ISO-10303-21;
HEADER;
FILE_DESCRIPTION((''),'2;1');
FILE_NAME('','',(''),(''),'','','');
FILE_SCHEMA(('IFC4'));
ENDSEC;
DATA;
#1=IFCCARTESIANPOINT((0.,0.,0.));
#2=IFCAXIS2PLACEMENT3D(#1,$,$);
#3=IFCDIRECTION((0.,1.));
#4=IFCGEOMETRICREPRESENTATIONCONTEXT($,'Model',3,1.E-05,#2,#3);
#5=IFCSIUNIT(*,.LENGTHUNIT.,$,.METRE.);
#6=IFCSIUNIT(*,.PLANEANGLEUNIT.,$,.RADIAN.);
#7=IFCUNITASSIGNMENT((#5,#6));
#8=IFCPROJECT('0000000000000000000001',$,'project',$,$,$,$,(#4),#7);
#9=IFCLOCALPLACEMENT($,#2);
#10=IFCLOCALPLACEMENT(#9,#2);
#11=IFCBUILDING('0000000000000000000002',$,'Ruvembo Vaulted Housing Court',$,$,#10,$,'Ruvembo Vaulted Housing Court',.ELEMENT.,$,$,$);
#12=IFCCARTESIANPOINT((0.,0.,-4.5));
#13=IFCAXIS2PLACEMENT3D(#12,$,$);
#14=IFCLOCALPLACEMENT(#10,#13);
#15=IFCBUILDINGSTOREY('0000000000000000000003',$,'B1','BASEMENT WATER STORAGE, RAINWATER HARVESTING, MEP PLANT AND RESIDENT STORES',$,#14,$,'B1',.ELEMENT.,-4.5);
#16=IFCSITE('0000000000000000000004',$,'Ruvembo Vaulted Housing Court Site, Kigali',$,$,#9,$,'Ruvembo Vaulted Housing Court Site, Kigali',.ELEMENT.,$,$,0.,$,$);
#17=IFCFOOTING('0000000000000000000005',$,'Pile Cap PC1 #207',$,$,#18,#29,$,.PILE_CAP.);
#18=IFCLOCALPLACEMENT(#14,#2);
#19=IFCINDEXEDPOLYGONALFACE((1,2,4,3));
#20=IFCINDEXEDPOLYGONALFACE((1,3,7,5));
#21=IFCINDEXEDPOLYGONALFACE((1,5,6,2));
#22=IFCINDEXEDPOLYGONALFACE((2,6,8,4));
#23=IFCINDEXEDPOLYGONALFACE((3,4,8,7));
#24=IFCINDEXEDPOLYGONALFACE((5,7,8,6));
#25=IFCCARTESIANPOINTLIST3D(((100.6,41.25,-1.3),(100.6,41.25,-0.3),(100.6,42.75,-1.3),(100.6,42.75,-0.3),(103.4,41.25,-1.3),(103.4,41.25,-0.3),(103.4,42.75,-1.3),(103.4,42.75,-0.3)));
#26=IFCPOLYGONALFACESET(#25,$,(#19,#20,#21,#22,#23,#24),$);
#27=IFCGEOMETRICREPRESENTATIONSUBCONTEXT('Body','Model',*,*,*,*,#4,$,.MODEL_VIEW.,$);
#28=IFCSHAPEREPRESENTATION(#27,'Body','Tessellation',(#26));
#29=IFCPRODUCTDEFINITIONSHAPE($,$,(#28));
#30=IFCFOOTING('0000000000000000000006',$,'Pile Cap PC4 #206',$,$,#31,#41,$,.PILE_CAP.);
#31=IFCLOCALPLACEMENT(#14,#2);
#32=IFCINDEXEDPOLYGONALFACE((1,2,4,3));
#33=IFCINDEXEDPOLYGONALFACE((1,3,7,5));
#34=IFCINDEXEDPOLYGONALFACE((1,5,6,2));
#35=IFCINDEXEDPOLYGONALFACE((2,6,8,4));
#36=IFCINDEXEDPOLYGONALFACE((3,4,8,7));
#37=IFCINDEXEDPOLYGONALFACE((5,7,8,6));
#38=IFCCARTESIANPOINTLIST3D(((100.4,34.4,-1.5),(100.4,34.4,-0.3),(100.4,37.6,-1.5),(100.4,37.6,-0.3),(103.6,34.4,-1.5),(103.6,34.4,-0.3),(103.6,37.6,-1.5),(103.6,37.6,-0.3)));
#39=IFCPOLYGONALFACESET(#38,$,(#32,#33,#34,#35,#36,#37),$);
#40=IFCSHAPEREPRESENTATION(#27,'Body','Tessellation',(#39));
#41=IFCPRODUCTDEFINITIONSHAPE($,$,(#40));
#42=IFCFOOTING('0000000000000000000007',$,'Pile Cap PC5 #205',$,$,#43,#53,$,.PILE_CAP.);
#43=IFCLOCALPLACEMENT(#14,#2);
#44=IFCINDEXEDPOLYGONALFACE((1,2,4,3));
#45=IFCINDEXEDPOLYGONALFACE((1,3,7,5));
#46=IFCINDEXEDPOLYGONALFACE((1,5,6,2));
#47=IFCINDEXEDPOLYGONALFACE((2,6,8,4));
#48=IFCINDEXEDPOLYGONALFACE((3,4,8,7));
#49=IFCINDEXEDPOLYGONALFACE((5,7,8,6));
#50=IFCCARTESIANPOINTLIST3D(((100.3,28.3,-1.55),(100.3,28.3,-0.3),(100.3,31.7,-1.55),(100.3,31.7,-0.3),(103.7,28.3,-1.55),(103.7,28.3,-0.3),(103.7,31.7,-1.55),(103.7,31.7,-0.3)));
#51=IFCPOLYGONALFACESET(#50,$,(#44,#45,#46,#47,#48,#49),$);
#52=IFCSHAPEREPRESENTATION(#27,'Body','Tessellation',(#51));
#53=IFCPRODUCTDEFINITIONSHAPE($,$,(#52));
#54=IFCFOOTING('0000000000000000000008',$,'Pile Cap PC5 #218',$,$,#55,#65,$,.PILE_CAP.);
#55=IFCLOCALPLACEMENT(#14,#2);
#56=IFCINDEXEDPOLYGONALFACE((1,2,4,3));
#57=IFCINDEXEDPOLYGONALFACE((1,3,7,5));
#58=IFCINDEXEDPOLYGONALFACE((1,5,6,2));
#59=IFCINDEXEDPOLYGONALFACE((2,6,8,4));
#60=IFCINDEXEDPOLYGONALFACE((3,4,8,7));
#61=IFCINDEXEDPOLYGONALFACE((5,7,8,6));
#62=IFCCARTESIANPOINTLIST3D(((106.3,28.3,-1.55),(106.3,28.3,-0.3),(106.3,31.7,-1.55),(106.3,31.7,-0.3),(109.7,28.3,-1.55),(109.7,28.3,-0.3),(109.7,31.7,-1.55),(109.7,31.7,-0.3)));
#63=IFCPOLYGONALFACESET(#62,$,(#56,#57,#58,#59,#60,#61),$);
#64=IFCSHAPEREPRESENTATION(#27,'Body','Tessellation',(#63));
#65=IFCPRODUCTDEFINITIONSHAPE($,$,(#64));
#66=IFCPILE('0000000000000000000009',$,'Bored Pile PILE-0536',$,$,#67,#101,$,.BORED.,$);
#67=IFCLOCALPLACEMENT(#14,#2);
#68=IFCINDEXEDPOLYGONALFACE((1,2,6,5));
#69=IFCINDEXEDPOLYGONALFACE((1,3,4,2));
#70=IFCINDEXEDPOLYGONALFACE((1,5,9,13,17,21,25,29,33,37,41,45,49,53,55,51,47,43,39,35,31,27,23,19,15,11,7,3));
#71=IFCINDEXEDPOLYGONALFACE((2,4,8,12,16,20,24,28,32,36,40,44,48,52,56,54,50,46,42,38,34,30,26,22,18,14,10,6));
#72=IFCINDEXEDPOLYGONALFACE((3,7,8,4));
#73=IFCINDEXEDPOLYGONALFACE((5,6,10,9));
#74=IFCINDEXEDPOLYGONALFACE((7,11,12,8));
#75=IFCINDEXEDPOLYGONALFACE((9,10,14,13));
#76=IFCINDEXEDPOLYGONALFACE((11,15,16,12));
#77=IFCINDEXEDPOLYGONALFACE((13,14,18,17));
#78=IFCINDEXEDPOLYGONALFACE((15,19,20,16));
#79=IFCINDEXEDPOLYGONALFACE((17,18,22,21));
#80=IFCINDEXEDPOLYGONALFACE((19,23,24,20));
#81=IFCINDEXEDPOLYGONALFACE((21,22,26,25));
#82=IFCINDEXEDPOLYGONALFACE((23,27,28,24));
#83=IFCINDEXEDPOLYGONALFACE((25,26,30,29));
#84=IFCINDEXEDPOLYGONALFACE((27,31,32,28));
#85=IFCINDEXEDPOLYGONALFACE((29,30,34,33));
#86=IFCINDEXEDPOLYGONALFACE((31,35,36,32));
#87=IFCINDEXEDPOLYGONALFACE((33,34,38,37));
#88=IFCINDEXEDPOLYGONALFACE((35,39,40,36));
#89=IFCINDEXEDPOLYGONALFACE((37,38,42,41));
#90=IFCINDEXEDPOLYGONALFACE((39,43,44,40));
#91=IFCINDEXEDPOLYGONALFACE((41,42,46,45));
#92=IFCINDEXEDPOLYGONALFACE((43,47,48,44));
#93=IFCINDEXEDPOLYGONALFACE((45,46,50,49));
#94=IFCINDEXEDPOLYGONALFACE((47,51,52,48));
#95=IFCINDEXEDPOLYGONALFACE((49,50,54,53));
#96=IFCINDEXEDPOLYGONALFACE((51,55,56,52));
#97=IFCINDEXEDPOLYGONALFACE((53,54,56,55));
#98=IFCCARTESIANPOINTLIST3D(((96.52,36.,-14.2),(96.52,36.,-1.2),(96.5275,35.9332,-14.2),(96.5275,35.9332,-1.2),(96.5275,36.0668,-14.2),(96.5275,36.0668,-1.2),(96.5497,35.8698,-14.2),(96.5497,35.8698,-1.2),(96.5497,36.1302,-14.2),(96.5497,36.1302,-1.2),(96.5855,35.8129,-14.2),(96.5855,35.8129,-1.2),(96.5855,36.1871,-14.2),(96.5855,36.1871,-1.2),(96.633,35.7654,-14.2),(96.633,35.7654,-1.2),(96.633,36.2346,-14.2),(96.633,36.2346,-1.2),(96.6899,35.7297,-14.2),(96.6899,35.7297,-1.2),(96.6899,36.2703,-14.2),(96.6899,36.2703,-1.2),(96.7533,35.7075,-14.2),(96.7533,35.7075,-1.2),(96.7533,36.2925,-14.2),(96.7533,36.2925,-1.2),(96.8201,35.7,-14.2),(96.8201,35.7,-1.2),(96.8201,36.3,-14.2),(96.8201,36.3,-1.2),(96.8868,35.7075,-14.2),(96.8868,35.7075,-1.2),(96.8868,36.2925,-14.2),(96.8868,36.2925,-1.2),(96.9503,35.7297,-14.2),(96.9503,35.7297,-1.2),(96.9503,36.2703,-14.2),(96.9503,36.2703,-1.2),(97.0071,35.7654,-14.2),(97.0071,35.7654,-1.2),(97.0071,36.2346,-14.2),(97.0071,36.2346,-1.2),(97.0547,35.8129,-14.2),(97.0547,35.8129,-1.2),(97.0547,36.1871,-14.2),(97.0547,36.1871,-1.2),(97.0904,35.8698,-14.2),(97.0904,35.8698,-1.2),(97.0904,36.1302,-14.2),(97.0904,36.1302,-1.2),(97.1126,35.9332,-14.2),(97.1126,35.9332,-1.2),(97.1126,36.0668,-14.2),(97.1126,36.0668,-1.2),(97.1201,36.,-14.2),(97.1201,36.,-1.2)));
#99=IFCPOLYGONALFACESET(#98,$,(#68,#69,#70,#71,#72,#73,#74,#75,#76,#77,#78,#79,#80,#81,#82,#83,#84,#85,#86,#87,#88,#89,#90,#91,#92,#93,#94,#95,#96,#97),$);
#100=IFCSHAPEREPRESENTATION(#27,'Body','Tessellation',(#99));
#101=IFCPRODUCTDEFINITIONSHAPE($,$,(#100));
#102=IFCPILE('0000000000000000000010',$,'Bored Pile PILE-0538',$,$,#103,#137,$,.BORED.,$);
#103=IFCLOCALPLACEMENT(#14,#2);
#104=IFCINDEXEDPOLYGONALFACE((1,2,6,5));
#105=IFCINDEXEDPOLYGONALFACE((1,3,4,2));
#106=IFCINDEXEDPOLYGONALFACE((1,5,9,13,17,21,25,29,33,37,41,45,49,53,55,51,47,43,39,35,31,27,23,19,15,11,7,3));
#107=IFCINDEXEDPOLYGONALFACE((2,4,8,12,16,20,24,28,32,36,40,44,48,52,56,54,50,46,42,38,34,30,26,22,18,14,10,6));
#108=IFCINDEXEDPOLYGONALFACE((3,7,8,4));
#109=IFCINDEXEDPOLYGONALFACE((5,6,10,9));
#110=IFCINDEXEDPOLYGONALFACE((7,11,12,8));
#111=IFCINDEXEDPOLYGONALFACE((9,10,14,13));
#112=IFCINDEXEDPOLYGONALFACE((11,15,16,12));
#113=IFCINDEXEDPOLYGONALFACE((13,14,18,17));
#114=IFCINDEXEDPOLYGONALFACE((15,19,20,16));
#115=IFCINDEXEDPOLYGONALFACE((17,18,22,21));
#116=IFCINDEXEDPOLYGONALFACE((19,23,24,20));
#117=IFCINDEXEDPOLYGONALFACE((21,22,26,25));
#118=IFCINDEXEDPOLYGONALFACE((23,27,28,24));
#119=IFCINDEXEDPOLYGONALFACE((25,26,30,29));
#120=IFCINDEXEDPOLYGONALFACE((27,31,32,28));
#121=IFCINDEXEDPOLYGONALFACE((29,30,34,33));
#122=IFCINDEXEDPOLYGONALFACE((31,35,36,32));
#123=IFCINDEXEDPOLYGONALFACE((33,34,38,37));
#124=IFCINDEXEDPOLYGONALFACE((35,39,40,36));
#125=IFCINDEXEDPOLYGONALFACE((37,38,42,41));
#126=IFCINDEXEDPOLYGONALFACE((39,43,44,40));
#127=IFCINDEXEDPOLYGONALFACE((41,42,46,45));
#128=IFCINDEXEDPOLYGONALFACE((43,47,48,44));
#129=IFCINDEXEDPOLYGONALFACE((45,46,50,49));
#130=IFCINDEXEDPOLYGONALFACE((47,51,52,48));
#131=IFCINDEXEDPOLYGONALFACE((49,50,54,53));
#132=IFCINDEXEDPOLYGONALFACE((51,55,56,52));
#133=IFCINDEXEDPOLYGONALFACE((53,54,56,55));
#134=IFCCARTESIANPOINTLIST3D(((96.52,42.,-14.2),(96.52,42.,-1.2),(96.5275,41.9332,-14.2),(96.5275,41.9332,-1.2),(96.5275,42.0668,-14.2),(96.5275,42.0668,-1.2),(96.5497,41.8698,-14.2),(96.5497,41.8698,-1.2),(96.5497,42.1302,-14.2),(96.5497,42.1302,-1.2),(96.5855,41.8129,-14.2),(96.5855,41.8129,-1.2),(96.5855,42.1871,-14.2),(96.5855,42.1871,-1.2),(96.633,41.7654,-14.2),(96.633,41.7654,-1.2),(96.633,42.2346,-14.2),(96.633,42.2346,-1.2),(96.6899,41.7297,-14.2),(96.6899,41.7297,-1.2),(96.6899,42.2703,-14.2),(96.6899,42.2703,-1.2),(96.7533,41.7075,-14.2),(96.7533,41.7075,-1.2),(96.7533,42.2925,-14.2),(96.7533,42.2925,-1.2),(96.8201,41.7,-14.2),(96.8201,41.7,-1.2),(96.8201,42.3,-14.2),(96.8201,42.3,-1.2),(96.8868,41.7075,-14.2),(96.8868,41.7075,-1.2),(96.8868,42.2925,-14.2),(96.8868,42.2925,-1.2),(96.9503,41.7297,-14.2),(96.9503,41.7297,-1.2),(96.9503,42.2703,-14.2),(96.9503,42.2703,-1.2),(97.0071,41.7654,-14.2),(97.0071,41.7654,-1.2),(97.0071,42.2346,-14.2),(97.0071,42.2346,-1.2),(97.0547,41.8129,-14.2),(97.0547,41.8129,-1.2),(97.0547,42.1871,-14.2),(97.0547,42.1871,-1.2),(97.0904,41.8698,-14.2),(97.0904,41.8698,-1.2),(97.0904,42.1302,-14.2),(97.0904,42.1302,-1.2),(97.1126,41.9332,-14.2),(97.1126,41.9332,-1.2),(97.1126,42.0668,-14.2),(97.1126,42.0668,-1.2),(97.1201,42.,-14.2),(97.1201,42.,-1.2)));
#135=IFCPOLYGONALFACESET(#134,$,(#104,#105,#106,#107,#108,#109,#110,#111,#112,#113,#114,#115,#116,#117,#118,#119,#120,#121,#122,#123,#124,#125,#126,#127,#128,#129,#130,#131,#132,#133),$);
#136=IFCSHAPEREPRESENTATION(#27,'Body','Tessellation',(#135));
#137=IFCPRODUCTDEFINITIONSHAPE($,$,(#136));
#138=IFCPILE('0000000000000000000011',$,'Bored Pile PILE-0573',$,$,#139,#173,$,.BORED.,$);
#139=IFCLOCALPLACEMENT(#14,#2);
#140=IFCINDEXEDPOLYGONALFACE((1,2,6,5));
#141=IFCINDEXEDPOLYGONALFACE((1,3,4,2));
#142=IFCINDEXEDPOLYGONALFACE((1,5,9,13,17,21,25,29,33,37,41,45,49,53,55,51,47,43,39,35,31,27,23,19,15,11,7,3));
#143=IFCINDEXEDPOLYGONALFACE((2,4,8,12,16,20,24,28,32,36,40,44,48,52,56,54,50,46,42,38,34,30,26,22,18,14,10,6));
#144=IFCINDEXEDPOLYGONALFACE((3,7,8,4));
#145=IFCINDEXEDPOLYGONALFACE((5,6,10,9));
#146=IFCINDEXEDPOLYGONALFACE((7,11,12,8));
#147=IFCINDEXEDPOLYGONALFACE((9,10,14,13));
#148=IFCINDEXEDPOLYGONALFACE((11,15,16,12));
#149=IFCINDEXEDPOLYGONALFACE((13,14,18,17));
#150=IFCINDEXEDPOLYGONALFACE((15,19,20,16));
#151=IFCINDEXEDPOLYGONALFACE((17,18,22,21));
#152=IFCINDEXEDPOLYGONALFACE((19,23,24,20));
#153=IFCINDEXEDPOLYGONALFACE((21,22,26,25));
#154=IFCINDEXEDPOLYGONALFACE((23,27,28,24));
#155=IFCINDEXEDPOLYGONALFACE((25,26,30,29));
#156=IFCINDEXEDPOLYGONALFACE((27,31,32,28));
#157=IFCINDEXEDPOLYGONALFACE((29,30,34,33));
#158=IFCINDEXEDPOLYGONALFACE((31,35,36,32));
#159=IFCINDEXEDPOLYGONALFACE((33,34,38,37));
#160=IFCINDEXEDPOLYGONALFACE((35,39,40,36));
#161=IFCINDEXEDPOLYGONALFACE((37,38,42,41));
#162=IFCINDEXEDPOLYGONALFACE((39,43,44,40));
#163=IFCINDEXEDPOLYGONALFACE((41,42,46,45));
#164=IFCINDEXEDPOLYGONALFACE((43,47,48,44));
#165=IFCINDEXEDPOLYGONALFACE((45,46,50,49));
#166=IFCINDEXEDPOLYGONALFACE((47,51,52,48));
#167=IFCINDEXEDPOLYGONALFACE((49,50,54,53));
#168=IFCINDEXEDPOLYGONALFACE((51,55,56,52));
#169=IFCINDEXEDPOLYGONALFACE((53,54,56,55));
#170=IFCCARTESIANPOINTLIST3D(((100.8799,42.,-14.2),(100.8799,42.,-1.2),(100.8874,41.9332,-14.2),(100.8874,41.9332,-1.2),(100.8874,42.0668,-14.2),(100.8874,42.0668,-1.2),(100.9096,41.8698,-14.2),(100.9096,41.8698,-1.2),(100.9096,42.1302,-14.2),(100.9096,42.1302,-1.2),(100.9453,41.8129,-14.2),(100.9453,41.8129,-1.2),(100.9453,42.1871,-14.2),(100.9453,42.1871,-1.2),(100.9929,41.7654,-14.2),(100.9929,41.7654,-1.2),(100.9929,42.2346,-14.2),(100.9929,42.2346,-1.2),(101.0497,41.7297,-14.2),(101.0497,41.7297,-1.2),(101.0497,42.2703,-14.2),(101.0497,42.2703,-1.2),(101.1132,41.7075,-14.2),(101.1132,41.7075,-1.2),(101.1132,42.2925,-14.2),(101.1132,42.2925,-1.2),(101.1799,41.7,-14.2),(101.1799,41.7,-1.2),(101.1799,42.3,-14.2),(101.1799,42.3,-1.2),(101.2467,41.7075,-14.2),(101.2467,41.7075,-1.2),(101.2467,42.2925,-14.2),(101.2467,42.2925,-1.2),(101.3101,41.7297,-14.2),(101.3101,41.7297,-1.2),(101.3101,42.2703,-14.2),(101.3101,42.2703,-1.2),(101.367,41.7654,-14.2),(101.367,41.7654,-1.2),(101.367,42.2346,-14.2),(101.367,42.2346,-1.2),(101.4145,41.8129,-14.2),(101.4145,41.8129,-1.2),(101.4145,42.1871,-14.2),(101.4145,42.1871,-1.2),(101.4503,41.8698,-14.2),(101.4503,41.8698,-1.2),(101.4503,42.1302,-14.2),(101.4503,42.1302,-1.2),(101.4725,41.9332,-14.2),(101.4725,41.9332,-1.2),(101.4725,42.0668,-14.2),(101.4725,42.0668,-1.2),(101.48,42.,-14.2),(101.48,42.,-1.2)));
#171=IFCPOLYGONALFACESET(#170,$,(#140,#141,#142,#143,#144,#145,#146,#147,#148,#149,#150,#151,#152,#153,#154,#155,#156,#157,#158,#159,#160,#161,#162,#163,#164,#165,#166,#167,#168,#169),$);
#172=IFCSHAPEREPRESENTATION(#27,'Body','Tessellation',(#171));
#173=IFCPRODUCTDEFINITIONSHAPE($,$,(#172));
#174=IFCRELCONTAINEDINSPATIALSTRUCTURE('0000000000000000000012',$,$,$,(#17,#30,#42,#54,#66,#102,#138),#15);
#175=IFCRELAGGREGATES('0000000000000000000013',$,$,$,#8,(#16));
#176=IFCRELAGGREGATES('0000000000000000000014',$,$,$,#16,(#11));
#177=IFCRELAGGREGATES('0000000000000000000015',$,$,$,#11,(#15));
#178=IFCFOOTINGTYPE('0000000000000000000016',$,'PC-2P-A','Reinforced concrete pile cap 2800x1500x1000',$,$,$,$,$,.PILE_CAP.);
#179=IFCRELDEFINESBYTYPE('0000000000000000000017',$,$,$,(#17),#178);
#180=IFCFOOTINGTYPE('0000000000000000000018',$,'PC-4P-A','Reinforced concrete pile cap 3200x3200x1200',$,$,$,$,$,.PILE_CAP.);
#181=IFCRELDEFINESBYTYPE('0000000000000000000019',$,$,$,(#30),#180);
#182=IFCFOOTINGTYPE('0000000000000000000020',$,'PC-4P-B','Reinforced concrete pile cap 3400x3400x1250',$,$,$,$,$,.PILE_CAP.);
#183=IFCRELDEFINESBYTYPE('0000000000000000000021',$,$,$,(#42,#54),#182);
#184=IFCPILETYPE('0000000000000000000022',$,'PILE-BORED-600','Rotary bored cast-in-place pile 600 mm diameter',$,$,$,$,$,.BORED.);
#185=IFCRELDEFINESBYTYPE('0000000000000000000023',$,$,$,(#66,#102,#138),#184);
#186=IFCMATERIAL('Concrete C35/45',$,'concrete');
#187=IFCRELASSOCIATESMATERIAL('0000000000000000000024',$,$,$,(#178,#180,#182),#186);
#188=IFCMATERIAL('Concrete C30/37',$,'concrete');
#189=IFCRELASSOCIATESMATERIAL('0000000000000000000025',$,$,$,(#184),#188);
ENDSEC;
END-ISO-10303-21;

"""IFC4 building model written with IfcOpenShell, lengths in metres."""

from ifc_helpers import new_model, si_unit, direction, frame, origin, origin_2d, place, context, subcontext, project, spatial, rectangle, circle, extrude, material, material_profile, profile_set, type_object, element, save


model = new_model("IFC4")

# Units and contexts
model_context = context("Model", 3, precision=1e-05, world=origin(), true_north=direction((0.0, 1.0)))
body_context = subcontext(model_context, "Body", "Model", "MODEL_VIEW")
ifc_project = project(units=[si_unit("LENGTHUNIT", "METRE"), si_unit("PLANEANGLEUNIT", "RADIAN")], contexts=[model_context])

# Site, building, storey
site_placement = place(None, origin())
site = spatial("IfcSite", under=ifc_project, at=site_placement, Name="Ruvembo Vaulted Housing Court Site, Kigali", LongName="Ruvembo Vaulted Housing Court Site, Kigali", CompositionType="ELEMENT", RefElevation=0.0)
building_placement = place(site_placement, origin())
building = spatial("IfcBuilding", under=site, at=building_placement, Name="Ruvembo Vaulted Housing Court", LongName="Ruvembo Vaulted Housing Court", CompositionType="ELEMENT")
storey_placement = place(building_placement, frame((0.0, 0.0, -4.5)))
storey = spatial("IfcBuildingStorey", under=building, at=storey_placement, Name="B1", Description="BASEMENT WATER STORAGE, RAINWATER HARVESTING, MEP PLANT AND RESIDENT STORES", LongName="B1", CompositionType="ELEMENT", Elevation=-4.5)

# Footings
ifc_material_1 = material(Name="Concrete C35/45", Category="concrete")
footing_type_1 = type_object("IfcFootingType", Name="PC-2P-A", Description="Reinforced concrete pile cap 2800x1500x1000", PredefinedType="PILE_CAP", material=ifc_material_1)
footing_1_placement = place(storey_placement, frame((102.0, 42.0, -1.3), z_axis=(0.0, 0.0, 1.0), x_axis=(1.0, 0.0, 0.0)))
element("IfcFooting", 1, at=footing_1_placement, inside=storey, type_object=footing_type_1, Name="Pile Cap PC1 #207", PredefinedType="PILE_CAP", context=body_context, shape_type="SweptSolid", body=[
    extrude(rectangle(XDim=2.8, YDim=1.5, at=origin_2d()), origin(), (0.0, 0.0, 1.0), 1.0),
])
footing_type_2 = type_object("IfcFootingType", Name="PC-4P-A", Description="Reinforced concrete pile cap 3200x3200x1200", PredefinedType="PILE_CAP", material=ifc_material_1)
footing_2_placement = place(storey_placement, frame((102.0, 36.0, -1.5), z_axis=(0.0, 0.0, 1.0), x_axis=(1.0, 0.0, 0.0)))
element("IfcFooting", 2, at=footing_2_placement, inside=storey, type_object=footing_type_2, Name="Pile Cap PC4 #206", PredefinedType="PILE_CAP", context=body_context, shape_type="SweptSolid", body=[
    extrude(rectangle(XDim=3.2, YDim=3.2, at=origin_2d()), origin(), (0.0, 0.0, 1.0), 1.2),
])
footing_type_3 = type_object("IfcFootingType", Name="PC-4P-B", Description="Reinforced concrete pile cap 3400x3400x1250", PredefinedType="PILE_CAP", material=ifc_material_1)
for number, where, z_axis, x_axis, name in (
    (3, (102.0, 30.0, -1.55), (0.0, 0.0, 1.0), (1.0, 0.0, 0.0), "Pile Cap PC5 #205"),
    (4, (108.0, 30.0, -1.55), (0.0, 0.0, 1.0), (1.0, 0.0, 0.0), "Pile Cap PC5 #218"),
):
    element("IfcFooting", number, at=place(storey_placement, frame(where, z_axis=z_axis, x_axis=x_axis)), inside=storey, type_object=footing_type_3, Name=name, PredefinedType="PILE_CAP", context=body_context, shape_type="SweptSolid", body=[
        extrude(rectangle(XDim=3.3999, YDim=3.3999, at=origin_2d()), origin(), (0.0, 0.0, 1.0), 1.25),
    ])

# Piles
ifc_material_2 = material(Name="Concrete C30/37", Category="concrete")
ifc_material_profile_1 = material_profile(ifc_material_2, circle(Radius=0.3, at=origin_2d()), Name="PILE D600")
ifc_profile_set_1 = profile_set([ifc_material_profile_1], Name="Concrete C30/37")
pile_type_1 = type_object("IfcPileType", Name="PILE-BORED-600", Description="Rotary bored cast-in-place pile 600 mm diameter", PredefinedType="BORED", material=ifc_profile_set_1)
for number, where, z_axis, x_axis, name in (
    (5, (96.8201, 36.0, -1.2), (0.0, 0.0, -1.0), (1.0, 0.0, 0.0), "Bored Pile PILE-0536"),
    (6, (96.8201, 42.0, -1.2), (0.0, 0.0, -1.0), (1.0, 0.0, 0.0), "Bored Pile PILE-0538"),
    (7, (101.1799, 42.0, -1.2), (0.0, 0.0, -1.0), (1.0, 0.0, 0.0), "Bored Pile PILE-0573"),
):
    element("IfcPile", number, at=place(storey_placement, frame(where, z_axis=z_axis, x_axis=x_axis)), inside=storey, type_object=pile_type_1, Name=name, PredefinedType="BORED", context=body_context, shape_type="SweptSolid", body=[
        extrude(circle(Radius=0.3, at=origin_2d()), origin(), (0.0, 0.0, 1.0), 13.0),
    ])

save(model, "model.ifc")
